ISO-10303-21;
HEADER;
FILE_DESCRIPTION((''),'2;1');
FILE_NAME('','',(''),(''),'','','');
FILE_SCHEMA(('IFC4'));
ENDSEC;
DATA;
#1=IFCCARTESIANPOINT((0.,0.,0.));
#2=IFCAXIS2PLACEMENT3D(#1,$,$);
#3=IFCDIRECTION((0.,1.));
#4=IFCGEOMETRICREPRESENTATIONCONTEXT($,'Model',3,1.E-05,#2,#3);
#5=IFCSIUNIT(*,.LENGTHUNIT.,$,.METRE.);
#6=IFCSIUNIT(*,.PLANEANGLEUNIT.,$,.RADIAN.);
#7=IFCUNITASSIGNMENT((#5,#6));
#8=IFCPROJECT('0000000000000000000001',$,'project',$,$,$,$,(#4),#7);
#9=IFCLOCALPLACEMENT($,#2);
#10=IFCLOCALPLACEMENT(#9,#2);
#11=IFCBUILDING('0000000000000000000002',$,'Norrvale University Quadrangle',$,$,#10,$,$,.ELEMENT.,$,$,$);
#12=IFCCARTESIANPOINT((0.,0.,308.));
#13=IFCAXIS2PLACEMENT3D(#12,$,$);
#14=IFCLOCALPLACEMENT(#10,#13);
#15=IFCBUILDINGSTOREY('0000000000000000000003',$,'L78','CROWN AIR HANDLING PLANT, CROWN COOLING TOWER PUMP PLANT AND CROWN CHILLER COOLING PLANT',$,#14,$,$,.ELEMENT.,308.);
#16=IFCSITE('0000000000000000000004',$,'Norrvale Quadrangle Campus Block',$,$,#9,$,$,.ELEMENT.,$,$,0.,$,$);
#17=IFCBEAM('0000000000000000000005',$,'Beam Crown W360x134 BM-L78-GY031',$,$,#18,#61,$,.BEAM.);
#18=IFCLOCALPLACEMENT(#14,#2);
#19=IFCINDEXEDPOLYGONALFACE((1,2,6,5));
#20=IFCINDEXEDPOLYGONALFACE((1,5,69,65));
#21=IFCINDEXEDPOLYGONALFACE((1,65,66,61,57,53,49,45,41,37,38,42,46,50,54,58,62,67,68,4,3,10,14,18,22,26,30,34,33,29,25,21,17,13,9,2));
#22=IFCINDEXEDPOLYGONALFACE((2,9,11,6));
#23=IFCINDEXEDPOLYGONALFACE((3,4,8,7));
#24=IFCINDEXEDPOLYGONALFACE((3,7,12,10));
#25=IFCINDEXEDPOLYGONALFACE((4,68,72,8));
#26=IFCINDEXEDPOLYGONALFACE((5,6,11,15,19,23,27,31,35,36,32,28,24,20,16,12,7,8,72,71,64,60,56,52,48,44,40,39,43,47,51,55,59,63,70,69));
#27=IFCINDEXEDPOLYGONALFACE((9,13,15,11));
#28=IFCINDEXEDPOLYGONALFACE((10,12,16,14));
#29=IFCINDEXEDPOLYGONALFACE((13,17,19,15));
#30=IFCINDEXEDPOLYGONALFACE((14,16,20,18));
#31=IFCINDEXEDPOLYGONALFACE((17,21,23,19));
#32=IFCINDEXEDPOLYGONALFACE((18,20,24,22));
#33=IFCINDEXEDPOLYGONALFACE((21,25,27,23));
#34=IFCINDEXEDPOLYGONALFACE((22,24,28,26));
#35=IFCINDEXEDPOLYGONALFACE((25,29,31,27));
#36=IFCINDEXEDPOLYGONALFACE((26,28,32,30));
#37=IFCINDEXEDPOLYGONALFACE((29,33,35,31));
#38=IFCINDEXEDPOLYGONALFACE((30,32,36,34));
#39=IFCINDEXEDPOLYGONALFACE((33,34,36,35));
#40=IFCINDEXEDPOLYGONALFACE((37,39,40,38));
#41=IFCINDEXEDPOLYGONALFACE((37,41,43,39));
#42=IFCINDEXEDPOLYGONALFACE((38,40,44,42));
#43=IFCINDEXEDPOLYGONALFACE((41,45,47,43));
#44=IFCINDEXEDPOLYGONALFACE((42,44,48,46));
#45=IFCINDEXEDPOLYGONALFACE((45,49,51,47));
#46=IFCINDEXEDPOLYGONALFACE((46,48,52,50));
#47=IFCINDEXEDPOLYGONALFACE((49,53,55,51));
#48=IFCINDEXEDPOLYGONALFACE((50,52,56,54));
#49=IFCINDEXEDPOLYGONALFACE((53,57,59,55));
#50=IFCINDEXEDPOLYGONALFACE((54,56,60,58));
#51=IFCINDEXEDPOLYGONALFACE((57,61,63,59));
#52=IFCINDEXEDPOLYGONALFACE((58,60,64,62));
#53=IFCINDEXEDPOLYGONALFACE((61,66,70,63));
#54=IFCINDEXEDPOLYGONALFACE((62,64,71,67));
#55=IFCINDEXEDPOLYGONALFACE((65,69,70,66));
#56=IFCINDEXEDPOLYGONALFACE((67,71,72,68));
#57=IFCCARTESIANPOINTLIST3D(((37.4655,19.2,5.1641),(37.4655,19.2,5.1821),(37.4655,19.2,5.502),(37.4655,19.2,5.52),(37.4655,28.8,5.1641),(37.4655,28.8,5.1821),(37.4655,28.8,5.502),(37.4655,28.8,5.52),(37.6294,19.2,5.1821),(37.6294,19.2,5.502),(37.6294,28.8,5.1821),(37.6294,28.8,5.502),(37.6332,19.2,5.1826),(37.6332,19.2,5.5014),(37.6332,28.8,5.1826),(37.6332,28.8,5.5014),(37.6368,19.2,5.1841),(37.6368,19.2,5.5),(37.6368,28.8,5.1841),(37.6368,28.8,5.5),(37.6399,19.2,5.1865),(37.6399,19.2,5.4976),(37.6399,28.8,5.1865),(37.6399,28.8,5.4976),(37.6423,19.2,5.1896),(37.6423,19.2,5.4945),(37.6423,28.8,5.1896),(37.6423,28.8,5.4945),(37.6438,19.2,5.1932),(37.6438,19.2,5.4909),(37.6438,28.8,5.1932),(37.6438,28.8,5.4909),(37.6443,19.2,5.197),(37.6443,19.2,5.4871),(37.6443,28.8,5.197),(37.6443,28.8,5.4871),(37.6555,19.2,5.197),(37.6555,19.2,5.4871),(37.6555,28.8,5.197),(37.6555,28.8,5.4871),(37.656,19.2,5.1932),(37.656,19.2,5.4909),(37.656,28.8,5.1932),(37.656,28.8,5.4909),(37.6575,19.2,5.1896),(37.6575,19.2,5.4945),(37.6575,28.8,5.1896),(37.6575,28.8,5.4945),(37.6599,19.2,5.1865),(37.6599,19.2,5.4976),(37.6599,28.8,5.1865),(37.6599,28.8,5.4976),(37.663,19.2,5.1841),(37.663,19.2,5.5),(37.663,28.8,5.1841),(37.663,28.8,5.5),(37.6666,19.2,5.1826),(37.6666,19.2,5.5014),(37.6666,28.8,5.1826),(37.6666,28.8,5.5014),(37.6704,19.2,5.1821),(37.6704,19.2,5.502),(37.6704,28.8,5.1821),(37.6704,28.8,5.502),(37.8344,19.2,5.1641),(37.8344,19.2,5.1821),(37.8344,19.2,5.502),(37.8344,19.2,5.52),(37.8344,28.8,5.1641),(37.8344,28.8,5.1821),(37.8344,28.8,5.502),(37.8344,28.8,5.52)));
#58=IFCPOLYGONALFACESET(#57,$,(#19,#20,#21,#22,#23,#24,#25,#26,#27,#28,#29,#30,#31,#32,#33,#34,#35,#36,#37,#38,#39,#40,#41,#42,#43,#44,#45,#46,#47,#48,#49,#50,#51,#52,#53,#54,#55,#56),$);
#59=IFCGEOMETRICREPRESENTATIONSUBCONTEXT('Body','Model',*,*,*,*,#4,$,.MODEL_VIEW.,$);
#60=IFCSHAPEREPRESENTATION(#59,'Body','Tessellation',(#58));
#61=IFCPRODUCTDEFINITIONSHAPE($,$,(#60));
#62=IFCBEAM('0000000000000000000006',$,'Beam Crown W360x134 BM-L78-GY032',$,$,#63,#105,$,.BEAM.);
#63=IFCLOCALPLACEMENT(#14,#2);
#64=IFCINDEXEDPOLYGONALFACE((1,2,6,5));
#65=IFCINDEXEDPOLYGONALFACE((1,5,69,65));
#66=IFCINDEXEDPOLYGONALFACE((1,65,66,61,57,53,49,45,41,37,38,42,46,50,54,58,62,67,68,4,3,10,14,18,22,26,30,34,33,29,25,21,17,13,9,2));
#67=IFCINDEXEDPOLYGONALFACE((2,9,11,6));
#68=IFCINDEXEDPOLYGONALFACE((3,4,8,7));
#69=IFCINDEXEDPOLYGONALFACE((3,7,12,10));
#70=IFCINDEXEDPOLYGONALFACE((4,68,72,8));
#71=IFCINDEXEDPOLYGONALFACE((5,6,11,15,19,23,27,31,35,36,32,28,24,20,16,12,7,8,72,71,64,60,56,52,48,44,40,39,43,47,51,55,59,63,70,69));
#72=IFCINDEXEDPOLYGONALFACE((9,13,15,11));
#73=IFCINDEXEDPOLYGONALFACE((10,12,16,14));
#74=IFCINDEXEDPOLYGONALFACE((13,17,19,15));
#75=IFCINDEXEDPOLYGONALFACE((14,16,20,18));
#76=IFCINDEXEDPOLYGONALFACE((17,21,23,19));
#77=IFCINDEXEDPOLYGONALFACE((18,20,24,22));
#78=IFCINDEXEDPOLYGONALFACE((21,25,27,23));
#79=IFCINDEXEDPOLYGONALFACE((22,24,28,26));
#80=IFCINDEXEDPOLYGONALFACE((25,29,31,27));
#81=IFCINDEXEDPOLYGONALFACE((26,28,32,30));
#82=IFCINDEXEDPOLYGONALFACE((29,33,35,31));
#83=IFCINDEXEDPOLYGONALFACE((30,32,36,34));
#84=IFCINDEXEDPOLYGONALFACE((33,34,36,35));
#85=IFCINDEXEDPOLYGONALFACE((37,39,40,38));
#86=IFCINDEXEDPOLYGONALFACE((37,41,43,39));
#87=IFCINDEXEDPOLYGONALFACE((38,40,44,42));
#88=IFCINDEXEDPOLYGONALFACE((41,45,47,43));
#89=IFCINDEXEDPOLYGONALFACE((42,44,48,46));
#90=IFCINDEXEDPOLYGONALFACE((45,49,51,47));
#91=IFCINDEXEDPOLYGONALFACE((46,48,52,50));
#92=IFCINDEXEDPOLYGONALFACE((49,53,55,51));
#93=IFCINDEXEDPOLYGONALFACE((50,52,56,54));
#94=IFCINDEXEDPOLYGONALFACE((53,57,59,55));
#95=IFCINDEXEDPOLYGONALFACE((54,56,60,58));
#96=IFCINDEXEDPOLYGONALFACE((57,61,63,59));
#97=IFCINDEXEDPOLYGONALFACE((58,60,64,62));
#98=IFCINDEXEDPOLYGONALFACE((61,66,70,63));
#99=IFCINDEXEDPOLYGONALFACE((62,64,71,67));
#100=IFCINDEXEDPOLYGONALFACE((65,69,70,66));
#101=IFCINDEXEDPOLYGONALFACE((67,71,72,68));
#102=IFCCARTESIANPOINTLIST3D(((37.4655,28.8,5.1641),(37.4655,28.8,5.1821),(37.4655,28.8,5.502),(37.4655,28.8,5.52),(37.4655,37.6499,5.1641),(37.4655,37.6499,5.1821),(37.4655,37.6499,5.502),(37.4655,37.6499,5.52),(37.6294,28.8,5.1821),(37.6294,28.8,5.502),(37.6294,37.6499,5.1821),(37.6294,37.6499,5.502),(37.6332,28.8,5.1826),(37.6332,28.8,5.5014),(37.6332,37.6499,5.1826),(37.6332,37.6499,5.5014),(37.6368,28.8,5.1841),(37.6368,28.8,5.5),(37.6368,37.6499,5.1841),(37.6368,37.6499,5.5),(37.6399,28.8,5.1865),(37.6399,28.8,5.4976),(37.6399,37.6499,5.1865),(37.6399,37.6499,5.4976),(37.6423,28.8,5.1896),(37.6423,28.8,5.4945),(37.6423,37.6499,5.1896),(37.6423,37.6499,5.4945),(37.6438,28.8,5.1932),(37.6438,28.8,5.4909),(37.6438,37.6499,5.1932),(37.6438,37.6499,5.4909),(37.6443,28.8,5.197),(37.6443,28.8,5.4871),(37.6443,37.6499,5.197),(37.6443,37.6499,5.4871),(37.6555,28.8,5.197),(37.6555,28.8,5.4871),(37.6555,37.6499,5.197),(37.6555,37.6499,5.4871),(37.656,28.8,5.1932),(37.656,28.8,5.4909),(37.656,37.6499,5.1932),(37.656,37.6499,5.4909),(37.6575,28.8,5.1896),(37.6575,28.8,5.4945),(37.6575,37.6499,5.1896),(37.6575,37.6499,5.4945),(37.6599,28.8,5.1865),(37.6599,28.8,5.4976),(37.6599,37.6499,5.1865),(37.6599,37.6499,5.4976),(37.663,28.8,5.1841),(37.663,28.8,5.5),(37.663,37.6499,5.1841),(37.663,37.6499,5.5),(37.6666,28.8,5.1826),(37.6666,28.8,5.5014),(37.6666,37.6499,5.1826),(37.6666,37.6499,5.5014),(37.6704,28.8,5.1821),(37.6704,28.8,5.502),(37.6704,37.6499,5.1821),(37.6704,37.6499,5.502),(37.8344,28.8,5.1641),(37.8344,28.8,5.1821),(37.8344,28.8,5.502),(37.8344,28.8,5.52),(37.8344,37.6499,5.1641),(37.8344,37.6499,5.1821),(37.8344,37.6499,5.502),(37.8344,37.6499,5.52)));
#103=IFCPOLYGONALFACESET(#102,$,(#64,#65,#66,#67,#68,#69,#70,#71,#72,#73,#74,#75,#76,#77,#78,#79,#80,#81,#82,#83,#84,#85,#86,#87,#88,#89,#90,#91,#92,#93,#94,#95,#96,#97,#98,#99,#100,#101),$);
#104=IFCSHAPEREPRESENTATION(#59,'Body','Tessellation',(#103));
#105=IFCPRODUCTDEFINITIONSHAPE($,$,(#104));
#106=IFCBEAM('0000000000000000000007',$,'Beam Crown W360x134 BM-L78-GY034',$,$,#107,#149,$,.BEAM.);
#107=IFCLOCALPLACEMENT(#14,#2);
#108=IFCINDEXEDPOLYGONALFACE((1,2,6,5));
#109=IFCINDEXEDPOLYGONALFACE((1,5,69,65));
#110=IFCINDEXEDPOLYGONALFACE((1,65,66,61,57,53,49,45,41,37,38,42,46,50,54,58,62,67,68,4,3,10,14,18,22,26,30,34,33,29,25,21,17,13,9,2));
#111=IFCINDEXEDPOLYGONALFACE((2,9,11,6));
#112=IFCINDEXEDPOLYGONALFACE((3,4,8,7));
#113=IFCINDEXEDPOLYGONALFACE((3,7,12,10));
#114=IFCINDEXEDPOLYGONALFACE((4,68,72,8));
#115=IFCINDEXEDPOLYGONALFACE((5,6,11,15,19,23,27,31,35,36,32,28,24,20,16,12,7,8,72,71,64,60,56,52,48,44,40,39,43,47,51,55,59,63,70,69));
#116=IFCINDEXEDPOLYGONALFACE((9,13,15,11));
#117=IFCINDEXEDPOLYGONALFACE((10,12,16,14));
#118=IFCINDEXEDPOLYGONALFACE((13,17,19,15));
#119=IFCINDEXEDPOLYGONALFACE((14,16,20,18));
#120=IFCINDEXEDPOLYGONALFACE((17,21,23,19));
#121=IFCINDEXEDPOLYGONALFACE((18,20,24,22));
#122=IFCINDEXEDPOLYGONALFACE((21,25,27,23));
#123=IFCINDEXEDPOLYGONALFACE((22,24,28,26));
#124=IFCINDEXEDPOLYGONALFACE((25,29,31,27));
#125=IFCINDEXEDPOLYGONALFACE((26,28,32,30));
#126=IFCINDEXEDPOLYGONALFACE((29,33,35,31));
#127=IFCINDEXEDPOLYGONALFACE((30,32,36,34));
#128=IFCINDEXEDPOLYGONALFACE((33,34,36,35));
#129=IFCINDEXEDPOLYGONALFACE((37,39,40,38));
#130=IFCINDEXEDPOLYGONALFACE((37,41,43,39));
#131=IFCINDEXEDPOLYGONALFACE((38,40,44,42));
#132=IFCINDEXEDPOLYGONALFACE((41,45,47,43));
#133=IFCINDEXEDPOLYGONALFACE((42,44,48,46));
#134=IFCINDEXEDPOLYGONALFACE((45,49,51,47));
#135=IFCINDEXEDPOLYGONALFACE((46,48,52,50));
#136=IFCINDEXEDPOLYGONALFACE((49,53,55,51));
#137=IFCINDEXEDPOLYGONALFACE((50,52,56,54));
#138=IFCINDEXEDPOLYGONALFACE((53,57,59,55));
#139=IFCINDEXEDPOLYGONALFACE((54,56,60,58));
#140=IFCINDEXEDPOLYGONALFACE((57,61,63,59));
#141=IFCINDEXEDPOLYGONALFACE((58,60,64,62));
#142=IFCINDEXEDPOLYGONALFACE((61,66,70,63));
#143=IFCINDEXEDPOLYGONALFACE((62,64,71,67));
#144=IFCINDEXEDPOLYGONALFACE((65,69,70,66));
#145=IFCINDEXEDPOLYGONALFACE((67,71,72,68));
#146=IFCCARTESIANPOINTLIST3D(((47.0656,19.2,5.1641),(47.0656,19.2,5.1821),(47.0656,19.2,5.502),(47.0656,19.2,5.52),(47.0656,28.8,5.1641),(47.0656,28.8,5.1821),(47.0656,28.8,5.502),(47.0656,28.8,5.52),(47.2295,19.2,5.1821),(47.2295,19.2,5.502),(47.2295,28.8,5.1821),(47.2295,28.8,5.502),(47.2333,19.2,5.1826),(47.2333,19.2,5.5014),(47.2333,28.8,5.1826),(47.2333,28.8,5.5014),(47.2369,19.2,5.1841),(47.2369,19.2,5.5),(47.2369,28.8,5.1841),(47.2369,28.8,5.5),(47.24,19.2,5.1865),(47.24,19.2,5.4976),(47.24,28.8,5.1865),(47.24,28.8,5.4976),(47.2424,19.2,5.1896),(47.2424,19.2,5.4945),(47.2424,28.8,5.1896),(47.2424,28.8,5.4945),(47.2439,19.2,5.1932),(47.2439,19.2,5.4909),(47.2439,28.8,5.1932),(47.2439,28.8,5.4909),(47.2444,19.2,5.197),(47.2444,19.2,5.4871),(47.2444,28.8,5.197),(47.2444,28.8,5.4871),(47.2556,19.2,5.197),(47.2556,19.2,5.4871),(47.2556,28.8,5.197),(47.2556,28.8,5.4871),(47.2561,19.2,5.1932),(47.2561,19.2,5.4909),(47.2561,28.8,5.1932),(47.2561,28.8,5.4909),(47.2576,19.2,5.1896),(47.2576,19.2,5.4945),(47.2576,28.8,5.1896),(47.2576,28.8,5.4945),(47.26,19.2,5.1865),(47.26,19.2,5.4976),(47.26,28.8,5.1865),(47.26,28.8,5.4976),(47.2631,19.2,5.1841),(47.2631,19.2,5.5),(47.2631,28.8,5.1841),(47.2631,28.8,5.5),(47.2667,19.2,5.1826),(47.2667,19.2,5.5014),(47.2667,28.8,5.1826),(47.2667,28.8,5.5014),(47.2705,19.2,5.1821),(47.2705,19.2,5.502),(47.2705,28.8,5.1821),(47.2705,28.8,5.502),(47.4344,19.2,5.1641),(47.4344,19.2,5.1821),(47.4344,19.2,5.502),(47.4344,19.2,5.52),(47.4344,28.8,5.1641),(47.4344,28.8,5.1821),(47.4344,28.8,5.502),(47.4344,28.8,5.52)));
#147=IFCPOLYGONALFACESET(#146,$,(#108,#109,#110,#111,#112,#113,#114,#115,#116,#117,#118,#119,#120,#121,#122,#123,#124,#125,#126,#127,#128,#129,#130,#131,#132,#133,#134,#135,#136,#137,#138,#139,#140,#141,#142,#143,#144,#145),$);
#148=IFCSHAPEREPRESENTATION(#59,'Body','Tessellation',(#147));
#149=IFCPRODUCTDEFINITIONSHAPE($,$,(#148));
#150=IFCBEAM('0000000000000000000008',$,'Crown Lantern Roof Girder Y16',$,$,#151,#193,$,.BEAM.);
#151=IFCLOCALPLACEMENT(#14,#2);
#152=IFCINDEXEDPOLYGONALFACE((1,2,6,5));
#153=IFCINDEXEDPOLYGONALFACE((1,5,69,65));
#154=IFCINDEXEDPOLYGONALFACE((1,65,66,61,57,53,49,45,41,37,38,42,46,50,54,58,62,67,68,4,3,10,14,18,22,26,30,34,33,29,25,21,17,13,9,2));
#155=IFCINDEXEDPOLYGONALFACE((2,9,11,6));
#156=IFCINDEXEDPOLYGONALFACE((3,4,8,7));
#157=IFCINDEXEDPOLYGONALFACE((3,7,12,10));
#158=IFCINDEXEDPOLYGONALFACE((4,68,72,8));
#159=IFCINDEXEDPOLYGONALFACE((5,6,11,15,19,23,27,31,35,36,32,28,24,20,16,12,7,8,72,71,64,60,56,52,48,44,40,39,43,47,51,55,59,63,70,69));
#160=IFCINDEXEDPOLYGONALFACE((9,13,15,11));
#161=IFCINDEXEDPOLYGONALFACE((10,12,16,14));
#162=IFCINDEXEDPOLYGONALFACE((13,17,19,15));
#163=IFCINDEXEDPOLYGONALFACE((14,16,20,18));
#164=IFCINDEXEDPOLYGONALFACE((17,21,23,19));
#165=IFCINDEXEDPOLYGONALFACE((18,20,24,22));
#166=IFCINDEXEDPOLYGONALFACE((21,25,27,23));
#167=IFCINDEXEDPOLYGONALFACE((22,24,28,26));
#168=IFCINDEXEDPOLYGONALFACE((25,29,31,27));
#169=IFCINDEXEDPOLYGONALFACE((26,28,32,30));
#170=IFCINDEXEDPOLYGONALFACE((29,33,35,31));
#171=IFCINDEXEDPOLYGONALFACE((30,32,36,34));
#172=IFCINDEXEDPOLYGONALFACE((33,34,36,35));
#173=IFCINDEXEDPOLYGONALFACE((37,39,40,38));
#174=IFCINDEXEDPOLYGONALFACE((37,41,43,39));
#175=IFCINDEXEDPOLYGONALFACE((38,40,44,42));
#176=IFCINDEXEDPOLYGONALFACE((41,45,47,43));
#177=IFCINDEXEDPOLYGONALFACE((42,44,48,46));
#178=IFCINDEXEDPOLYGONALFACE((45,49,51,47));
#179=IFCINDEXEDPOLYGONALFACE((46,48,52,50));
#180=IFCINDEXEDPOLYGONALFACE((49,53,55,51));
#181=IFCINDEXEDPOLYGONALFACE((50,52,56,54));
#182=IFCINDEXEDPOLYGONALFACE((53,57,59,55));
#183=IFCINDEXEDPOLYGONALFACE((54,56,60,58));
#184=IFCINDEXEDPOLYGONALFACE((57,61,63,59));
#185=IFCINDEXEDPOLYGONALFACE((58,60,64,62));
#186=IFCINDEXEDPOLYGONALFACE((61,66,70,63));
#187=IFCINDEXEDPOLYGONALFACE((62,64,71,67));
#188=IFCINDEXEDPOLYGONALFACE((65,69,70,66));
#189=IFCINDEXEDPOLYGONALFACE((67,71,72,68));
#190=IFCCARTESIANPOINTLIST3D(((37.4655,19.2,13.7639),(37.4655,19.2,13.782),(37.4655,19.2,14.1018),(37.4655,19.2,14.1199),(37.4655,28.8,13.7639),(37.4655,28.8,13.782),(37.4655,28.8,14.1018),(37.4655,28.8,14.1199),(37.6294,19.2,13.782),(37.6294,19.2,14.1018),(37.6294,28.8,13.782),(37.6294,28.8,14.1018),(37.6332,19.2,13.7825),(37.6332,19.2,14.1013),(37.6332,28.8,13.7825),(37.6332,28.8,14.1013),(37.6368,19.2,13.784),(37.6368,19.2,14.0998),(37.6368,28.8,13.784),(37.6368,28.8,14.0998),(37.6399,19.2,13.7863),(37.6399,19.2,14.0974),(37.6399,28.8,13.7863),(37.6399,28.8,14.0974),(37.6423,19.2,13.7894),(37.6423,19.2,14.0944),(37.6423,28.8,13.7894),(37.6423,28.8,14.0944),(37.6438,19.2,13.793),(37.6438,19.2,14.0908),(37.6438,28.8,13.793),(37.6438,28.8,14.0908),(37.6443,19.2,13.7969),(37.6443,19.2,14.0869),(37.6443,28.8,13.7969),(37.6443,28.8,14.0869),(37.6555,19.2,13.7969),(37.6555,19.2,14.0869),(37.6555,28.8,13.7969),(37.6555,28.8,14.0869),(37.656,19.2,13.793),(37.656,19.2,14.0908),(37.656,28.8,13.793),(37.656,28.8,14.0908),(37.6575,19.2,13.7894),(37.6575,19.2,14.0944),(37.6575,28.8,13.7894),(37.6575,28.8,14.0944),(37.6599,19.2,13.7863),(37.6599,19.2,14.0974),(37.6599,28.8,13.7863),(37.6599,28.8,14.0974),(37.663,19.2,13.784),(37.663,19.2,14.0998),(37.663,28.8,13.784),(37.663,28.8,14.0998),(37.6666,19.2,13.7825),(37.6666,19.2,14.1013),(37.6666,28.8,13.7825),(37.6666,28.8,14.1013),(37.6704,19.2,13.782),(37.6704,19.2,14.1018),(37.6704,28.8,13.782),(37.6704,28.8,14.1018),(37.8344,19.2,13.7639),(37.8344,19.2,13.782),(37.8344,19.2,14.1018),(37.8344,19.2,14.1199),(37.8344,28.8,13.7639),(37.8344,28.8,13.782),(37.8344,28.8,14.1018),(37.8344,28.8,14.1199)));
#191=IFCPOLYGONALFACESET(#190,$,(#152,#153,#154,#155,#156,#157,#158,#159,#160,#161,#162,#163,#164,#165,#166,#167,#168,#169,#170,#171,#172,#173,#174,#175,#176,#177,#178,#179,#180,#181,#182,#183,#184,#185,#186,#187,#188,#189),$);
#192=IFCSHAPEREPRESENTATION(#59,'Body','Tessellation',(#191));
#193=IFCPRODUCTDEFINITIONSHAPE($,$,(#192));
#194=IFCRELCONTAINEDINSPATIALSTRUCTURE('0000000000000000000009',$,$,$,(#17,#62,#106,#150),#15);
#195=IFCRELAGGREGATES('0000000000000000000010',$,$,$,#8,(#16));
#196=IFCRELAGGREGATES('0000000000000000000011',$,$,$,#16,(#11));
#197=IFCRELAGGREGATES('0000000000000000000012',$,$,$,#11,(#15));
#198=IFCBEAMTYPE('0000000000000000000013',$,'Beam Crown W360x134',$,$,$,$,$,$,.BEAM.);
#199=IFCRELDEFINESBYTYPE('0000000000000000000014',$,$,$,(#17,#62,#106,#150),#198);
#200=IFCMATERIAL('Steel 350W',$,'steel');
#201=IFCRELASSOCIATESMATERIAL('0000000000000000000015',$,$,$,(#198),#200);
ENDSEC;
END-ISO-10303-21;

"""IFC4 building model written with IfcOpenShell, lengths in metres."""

from ifc_helpers import new_model, si_unit, direction, frame, origin, origin_2d, place, context, subcontext, project, spatial, i_section, extrude, material, material_profile, profile_set, type_object, element, save


model = new_model("IFC4")

# Units and contexts
model_context = context("Model", 3, precision=1e-05, world=origin(), true_north=direction((0.0, 1.0)))
body_context = subcontext(model_context, "Body", "Model", "MODEL_VIEW")
ifc_project = project(units=[si_unit("LENGTHUNIT", "METRE"), si_unit("PLANEANGLEUNIT", "RADIAN")], contexts=[model_context])

# Site, building, storey
site_placement = place(None, origin())
site = spatial("IfcSite", under=ifc_project, at=site_placement, Name="Norrvale Quadrangle Campus Block", CompositionType="ELEMENT", RefElevation=0.0)
building_placement = place(site_placement, origin())
building = spatial("IfcBuilding", under=site, at=building_placement, Name="Norrvale University Quadrangle", CompositionType="ELEMENT")
storey_placement = place(building_placement, frame((0.0, 0.0, 308.0)))
storey = spatial("IfcBuildingStorey", under=building, at=storey_placement, Name="L78", Description="CROWN AIR HANDLING PLANT, CROWN COOLING TOWER PUMP PLANT AND CROWN CHILLER COOLING PLANT", CompositionType="ELEMENT", Elevation=308.0)

# Shared definitions
ifc_material_1 = material(Name="Steel 350W", Category="steel")

# Beams
ifc_material_profile_1 = material_profile(ifc_material_1, i_section(OverallWidth=0.3689, OverallDepth=0.356, WebThickness=0.0112, FlangeThickness=0.0181, FilletRadius=0.0149, at=origin_2d()), Name="Steel 350W")
ifc_profile_set_1 = profile_set([ifc_material_profile_1], Name="Steel 350W")
beam_type_1 = type_object("IfcBeamType", Name="Beam Crown W360x134", PredefinedType="BEAM", material=ifc_profile_set_1)
for number, where, z_axis, x_axis, name in (
    (1, (37.6499, 19.2, 5.342), (0.0, 1.0, 0.0), (-1.0, 0.0, 0.0), "Beam Crown W360x134 BM-L78-GY031"),
):
    element("IfcBeam", number, at=place(storey_placement, frame(where, z_axis=z_axis, x_axis=x_axis)), inside=storey, type_object=beam_type_1, Name=name, PredefinedType="BEAM", context=body_context, shape_type="SweptSolid", body=[
        extrude(i_section(OverallWidth=0.3689, OverallDepth=0.356, WebThickness=0.0112, FlangeThickness=0.0181, FilletRadius=0.0149, at=origin_2d()), origin(), (0.0, 0.0, 1.0), 9.6001),
    ])
beam_1_placement = place(storey_placement, frame((37.6499, 28.8, 5.342), z_axis=(0.0, 1.0, 0.0), x_axis=(-1.0, 0.0, 0.0)))
element("IfcBeam", 2, at=beam_1_placement, inside=storey, type_object=beam_type_1, Name="Beam Crown W360x134 BM-L78-GY032", PredefinedType="BEAM", context=body_context, shape_type="SweptSolid", body=[
    extrude(i_section(OverallWidth=0.3689, OverallDepth=0.356, WebThickness=0.0112, FlangeThickness=0.0181, FilletRadius=0.0149, at=origin_2d()), origin(), (0.0, 0.0, 1.0), 8.8499),
])
for number, where, z_axis, x_axis, name in (
    (3, (47.25, 19.2, 5.342), (0.0, 1.0, 0.0), (-1.0, 0.0, 0.0), "Beam Crown W360x134 BM-L78-GY034"),
    (4, (37.6499, 19.2, 13.9419), (0.0, 1.0, 0.0), (-1.0, 0.0, 0.0), "Crown Lantern Roof Girder Y16"),
):
    element("IfcBeam", number, at=place(storey_placement, frame(where, z_axis=z_axis, x_axis=x_axis)), inside=storey, type_object=beam_type_1, Name=name, PredefinedType="BEAM", context=body_context, shape_type="SweptSolid", body=[
        extrude(i_section(OverallWidth=0.3689, OverallDepth=0.356, WebThickness=0.0112, FlangeThickness=0.0181, FilletRadius=0.0149, at=origin_2d()), origin(), (0.0, 0.0, 1.0), 9.6001),
    ])

save(model, "model.ifc")
